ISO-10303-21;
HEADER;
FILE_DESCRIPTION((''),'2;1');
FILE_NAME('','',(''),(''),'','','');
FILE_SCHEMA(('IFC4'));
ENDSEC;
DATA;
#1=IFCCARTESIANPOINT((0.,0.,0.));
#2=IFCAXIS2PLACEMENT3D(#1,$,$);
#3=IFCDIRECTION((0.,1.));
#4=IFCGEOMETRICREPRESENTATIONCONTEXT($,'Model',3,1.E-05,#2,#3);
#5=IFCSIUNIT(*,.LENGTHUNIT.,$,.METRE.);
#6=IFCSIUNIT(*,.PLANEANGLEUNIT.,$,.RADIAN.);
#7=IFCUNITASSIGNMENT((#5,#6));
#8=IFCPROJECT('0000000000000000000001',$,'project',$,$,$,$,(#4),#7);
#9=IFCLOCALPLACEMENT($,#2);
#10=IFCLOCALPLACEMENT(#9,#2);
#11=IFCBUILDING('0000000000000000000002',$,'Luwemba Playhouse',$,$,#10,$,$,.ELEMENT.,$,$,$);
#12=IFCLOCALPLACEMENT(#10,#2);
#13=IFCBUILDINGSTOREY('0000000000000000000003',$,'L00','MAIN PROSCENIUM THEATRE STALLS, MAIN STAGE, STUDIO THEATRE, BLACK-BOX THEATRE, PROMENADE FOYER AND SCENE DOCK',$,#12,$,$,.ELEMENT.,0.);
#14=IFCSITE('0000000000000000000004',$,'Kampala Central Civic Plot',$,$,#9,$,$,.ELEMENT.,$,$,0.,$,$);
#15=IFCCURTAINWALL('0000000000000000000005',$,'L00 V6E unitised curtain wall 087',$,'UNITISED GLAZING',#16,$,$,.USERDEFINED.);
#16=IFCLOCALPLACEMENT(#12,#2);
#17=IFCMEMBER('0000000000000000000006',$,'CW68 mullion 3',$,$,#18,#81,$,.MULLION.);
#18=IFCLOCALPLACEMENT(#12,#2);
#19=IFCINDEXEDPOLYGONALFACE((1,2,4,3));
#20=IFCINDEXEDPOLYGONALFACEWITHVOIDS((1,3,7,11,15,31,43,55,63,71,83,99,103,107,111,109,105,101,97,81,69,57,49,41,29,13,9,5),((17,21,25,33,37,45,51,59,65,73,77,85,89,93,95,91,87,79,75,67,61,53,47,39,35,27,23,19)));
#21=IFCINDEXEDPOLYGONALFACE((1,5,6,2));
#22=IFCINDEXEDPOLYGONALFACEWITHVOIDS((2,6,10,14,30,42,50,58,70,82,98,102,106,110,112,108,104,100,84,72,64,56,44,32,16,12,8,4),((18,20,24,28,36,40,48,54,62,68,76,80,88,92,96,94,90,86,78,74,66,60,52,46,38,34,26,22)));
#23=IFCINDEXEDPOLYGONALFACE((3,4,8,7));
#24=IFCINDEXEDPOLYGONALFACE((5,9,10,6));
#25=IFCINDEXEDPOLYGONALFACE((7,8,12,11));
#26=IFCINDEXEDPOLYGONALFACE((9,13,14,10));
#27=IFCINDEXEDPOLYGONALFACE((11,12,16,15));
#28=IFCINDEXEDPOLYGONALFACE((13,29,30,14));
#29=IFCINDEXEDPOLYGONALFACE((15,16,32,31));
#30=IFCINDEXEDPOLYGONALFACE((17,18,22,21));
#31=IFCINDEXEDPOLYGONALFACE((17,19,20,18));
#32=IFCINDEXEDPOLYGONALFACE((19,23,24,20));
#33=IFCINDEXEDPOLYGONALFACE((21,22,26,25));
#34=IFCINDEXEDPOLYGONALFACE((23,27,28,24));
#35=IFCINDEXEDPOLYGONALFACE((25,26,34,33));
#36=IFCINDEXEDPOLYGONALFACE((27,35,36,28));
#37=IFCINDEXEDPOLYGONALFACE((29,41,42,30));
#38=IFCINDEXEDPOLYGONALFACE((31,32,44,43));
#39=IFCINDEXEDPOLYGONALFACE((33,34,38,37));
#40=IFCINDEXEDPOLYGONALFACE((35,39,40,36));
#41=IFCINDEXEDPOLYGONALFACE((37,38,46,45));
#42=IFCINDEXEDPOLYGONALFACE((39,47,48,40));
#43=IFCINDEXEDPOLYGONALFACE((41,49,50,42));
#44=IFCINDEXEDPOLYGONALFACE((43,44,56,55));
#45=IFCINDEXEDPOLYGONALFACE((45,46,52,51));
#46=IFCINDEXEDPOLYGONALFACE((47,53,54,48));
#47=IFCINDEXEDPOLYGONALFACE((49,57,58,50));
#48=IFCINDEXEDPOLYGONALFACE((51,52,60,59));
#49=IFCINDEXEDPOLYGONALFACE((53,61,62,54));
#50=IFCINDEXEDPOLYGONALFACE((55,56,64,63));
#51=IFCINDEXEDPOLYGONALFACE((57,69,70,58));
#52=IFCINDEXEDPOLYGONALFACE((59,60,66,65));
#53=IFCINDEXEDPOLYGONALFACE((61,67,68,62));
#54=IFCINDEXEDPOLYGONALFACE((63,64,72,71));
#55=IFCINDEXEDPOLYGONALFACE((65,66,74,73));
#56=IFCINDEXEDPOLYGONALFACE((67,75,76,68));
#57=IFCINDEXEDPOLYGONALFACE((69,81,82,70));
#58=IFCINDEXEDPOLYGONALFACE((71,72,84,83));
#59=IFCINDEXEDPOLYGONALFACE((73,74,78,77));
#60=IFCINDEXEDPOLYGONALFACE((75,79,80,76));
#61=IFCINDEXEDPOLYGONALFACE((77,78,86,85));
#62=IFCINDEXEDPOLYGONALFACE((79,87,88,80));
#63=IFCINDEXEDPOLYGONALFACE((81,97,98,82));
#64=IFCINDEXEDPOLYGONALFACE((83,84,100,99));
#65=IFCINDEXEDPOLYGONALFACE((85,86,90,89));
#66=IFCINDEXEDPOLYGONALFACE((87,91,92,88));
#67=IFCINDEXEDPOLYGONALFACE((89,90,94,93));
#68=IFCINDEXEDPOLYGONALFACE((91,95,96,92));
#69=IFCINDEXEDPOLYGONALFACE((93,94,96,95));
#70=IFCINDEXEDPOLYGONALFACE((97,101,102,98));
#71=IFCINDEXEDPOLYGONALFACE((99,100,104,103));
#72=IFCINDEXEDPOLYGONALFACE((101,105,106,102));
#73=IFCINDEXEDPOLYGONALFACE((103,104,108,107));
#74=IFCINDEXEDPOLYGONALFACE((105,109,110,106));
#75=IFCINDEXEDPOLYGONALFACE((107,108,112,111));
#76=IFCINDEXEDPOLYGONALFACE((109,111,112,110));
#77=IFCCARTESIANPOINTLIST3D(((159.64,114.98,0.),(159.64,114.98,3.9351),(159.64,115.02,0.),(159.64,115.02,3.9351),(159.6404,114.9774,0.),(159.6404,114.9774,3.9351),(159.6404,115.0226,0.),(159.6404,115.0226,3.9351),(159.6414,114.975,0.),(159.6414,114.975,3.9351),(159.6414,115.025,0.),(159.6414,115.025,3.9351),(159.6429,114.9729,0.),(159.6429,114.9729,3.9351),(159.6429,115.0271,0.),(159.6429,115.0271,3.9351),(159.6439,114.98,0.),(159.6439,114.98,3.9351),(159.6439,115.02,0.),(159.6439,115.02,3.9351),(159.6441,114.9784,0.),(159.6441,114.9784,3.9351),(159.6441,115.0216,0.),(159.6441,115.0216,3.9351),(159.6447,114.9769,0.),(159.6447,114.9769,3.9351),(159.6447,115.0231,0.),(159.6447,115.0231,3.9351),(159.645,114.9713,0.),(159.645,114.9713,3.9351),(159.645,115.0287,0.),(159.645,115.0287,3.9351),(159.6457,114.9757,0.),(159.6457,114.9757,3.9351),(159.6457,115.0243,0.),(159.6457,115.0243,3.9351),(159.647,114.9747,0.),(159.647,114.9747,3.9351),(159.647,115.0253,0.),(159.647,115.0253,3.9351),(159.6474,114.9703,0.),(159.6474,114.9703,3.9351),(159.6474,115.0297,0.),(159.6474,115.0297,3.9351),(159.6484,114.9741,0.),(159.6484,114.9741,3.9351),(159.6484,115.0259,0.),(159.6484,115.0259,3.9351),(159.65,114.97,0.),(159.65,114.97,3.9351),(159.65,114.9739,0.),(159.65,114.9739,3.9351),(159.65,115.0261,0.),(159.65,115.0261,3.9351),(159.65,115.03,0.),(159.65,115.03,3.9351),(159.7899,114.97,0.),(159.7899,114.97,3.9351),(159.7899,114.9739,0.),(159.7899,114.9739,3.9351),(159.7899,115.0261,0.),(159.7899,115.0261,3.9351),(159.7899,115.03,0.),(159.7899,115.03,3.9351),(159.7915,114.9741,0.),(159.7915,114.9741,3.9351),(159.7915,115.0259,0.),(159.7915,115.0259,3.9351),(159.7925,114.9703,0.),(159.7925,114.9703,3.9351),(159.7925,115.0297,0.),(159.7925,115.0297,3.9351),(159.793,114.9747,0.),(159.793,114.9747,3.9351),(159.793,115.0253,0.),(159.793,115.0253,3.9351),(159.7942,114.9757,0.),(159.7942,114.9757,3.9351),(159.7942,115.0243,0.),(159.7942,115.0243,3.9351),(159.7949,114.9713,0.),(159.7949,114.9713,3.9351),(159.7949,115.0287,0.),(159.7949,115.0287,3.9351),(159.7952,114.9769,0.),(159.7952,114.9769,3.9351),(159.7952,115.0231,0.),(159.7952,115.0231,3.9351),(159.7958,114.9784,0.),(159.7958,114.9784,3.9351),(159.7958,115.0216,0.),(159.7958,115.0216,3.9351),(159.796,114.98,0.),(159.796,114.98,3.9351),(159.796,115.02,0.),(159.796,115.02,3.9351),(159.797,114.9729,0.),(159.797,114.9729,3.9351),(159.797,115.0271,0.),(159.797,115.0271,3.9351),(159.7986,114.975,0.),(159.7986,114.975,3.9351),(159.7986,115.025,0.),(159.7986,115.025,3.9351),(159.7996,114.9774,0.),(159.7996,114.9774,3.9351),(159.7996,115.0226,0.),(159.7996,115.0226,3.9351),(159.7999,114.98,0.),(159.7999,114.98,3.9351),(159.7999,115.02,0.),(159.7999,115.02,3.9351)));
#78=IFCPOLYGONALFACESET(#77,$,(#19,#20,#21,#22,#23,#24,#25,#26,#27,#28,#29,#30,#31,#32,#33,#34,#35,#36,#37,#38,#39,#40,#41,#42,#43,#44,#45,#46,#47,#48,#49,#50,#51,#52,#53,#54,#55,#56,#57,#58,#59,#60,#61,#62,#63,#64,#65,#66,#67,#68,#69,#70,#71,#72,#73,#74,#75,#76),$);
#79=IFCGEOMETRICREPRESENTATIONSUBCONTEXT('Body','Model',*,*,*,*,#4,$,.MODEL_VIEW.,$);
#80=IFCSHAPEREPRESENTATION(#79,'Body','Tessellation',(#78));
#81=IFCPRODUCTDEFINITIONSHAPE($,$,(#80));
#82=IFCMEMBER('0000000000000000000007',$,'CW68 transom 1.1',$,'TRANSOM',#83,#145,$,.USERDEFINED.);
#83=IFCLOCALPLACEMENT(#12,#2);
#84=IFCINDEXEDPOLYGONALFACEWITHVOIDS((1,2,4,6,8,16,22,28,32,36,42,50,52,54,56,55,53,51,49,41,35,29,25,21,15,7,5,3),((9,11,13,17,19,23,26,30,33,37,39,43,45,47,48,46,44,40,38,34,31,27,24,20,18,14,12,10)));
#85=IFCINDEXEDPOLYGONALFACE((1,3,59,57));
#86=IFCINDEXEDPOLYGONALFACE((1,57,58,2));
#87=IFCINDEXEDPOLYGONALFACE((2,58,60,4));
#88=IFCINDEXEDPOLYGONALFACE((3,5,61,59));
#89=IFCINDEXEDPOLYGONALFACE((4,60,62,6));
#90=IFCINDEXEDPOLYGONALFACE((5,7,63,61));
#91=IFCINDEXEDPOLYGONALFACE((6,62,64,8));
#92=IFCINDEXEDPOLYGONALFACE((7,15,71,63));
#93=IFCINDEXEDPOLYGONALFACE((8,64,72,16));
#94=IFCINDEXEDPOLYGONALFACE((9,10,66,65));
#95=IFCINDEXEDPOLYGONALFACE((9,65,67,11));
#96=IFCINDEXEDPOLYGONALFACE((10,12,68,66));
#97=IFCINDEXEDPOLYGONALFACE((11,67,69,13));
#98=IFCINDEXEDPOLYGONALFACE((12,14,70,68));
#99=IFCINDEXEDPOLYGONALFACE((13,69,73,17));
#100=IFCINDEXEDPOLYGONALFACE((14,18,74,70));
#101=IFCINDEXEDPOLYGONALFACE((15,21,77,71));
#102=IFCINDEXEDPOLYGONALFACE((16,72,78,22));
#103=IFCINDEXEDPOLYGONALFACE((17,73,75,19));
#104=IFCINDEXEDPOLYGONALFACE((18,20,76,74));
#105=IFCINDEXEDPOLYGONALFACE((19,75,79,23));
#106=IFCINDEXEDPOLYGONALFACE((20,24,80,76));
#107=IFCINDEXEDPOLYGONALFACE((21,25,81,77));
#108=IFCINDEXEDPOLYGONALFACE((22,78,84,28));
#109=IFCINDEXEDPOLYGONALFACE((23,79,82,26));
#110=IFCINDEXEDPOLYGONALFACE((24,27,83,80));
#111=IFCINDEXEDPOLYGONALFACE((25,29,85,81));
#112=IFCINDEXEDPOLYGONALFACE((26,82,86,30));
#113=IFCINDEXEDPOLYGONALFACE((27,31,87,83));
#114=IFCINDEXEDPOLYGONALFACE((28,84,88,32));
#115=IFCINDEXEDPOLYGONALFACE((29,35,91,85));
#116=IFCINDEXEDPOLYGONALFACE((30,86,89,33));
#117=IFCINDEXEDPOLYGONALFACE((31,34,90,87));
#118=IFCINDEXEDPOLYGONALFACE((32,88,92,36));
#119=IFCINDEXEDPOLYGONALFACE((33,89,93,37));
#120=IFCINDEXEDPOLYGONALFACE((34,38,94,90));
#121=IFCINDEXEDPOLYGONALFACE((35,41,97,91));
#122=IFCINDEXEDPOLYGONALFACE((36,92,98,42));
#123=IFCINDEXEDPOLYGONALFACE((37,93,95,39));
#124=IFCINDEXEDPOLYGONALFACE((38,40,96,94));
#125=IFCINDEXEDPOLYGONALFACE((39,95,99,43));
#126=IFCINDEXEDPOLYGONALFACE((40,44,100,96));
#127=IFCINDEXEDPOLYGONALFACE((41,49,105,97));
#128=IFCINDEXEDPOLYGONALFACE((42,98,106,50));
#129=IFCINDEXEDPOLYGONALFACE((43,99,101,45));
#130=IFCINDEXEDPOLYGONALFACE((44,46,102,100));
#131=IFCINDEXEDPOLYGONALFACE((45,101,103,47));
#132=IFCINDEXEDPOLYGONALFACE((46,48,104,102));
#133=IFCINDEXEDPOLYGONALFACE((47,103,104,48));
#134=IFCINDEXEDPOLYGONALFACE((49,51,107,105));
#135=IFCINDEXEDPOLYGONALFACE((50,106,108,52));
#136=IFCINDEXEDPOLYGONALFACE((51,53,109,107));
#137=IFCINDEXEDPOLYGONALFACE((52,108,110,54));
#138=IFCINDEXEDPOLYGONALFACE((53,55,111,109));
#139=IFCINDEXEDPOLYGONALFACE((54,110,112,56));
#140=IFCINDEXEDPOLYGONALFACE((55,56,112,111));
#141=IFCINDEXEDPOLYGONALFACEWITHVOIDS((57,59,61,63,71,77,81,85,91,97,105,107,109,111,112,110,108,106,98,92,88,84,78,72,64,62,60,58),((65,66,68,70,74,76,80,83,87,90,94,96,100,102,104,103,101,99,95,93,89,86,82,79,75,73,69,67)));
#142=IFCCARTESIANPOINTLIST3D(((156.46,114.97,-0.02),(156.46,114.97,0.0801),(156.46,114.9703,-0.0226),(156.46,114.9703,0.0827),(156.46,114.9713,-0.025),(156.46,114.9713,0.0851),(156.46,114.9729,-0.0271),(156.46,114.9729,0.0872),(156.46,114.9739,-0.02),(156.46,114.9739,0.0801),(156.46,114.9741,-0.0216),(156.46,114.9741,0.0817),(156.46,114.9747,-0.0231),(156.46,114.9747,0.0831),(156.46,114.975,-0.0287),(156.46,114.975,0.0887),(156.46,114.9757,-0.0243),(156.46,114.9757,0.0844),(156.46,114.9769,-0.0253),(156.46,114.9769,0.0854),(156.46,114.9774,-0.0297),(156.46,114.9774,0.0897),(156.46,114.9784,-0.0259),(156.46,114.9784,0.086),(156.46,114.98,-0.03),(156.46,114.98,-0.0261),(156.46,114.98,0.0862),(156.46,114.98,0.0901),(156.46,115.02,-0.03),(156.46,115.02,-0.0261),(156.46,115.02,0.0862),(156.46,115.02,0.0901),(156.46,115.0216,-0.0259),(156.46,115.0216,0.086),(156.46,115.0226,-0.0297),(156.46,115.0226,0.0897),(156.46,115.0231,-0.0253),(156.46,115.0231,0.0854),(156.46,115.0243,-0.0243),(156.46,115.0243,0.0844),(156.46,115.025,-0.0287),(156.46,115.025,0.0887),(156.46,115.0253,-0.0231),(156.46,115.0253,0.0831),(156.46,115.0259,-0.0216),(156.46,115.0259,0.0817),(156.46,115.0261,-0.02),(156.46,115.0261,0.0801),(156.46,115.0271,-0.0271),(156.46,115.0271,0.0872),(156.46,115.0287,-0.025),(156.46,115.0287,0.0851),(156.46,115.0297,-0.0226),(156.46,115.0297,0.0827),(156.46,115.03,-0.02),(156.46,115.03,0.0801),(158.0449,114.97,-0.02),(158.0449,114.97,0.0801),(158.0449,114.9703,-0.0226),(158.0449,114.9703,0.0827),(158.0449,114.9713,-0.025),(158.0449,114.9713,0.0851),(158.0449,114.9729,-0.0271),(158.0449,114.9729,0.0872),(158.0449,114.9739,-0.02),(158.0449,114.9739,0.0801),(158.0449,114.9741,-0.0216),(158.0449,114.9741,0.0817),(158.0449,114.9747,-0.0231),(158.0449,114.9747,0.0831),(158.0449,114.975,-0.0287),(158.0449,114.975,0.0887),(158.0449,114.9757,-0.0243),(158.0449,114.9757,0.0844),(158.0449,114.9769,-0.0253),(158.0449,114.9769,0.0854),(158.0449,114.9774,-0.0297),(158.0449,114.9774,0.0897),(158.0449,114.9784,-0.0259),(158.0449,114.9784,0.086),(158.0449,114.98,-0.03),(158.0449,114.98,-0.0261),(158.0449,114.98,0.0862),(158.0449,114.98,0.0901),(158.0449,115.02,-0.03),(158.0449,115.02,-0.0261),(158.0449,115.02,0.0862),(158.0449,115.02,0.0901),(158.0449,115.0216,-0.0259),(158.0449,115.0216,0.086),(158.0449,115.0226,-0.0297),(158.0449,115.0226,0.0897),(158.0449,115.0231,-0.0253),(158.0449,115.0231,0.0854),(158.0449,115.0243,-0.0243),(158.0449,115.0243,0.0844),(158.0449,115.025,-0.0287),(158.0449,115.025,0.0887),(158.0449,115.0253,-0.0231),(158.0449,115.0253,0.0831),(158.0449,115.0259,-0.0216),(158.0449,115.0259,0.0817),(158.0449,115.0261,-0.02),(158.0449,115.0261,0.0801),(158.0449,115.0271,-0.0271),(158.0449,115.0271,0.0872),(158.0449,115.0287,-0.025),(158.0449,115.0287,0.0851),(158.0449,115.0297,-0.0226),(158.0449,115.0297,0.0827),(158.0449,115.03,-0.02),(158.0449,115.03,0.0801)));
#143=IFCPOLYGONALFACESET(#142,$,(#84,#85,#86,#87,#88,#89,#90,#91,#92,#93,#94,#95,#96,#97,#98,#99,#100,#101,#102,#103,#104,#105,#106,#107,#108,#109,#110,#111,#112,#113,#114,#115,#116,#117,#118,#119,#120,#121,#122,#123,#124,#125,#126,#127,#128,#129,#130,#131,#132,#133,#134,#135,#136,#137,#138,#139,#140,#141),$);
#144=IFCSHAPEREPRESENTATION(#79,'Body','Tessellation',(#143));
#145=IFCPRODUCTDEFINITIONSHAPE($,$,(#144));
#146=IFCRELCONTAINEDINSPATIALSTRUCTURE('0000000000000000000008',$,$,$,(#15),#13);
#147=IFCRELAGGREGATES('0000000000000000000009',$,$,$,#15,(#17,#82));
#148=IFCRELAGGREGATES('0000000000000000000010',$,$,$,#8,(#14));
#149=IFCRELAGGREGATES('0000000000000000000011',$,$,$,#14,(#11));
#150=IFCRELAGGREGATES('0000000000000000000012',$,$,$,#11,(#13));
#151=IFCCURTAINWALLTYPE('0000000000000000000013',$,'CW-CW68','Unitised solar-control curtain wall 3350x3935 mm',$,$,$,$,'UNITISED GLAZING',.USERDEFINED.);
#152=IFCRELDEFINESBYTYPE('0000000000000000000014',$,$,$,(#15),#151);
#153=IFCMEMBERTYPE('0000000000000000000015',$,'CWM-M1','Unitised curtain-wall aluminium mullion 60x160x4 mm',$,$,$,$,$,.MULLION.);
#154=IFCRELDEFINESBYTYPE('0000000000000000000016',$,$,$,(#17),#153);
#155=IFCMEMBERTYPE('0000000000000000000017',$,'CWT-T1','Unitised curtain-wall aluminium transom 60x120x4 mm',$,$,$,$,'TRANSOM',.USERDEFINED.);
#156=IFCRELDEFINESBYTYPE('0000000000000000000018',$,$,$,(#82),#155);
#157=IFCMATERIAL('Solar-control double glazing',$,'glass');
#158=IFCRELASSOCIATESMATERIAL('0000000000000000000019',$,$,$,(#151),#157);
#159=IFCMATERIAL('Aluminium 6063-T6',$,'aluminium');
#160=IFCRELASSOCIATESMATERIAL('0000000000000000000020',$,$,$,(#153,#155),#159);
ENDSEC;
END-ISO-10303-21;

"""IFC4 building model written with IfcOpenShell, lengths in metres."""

from ifc_helpers import new_model, si_unit, direction, frame, origin, origin_2d, place, context, subcontext, project, spatial, hollow_rectangle, extrude, material, material_profile, profile_set, type_object, element, aggregate, save


model = new_model("IFC4")

# Units and contexts
model_context = context("Model", 3, precision=1e-05, world=origin(), true_north=direction((0.0, 1.0)))
body_context = subcontext(model_context, "Body", "Model", "MODEL_VIEW")
ifc_project = project(units=[si_unit("LENGTHUNIT", "METRE"), si_unit("PLANEANGLEUNIT", "RADIAN")], contexts=[model_context])

# Site, building, storey
site_placement = place(None, origin())
site = spatial("IfcSite", under=ifc_project, at=site_placement, Name="Kampala Central Civic Plot", CompositionType="ELEMENT", RefElevation=0.0)
building_placement = place(site_placement, origin())
building = spatial("IfcBuilding", under=site, at=building_placement, Name="Luwemba Playhouse", CompositionType="ELEMENT")
storey_placement = place(building_placement, origin())
storey = spatial("IfcBuildingStorey", under=building, at=storey_placement, Name="L00", Description="MAIN PROSCENIUM THEATRE STALLS, MAIN STAGE, STUDIO THEATRE, BLACK-BOX THEATRE, PROMENADE FOYER AND SCENE DOCK", CompositionType="ELEMENT", Elevation=0.0)

# Curtain wall, members
ifc_material_1 = material(Name="Solar-control double glazing", Category="glass")
curtain_wall_type = type_object("IfcCurtainWallType", Name="CW-CW68", Description="Unitised solar-control curtain wall 3350x3935 mm", ElementType="UNITISED GLAZING", PredefinedType="USERDEFINED", material=ifc_material_1)
curtain_wall_placement = place(storey_placement, origin())
curtain_wall = element("IfcCurtainWall", 1, at=curtain_wall_placement, inside=storey, type_object=curtain_wall_type, Name="L00 V6E unitised curtain wall 087", ObjectType="UNITISED GLAZING", PredefinedType="USERDEFINED")
ifc_material_2 = material(Name="Aluminium 6063-T6", Category="aluminium")
ifc_material_profile_1 = material_profile(ifc_material_2, hollow_rectangle(XDim=0.0601, YDim=0.1599, WallThickness=0.0039, InnerFilletRadius=0.0061, OuterFilletRadius=0.01, at=origin_2d()))
ifc_profile_set_1 = profile_set([ifc_material_profile_1], Name="Aluminium 6063-T6")
member_type_1 = type_object("IfcMemberType", Name="CWM-M1", Description="Unitised curtain-wall aluminium mullion 60x160x4 mm", PredefinedType="MULLION", material=ifc_profile_set_1)
member_1_placement = place(storey_placement, frame((159.72, 115.0, 0.0), z_axis=(0.0, 0.0, 1.0), x_axis=(0.0, 1.0, 0.0)))
member_1 = element("IfcMember", 2, at=member_1_placement, type_object=member_type_1, Name="CW68 mullion 3", PredefinedType="MULLION", context=body_context, shape_type="SweptSolid", body=[
    extrude(hollow_rectangle(XDim=0.0601, YDim=0.1599, WallThickness=0.0039, InnerFilletRadius=0.0061, OuterFilletRadius=0.01, at=origin_2d()), origin(), (0.0, 0.0, 1.0), 3.9351),
])
ifc_material_profile_2 = material_profile(ifc_material_2, hollow_rectangle(XDim=0.0601, YDim=0.1201, WallThickness=0.0039, InnerFilletRadius=0.0061, OuterFilletRadius=0.01, at=origin_2d()))
ifc_profile_set_2 = profile_set([ifc_material_profile_2], Name="Aluminium 6063-T6")
member_type_2 = type_object("IfcMemberType", Name="CWT-T1", Description="Unitised curtain-wall aluminium transom 60x120x4 mm", ElementType="TRANSOM", PredefinedType="USERDEFINED", material=ifc_profile_set_2)
member_2_placement = place(storey_placement, frame((156.46, 115.0, 0.03), z_axis=(1.0, 0.0, 0.0), x_axis=(0.0, 1.0, 0.0)))
member_2 = element("IfcMember", 3, at=member_2_placement, type_object=member_type_2, Name="CW68 transom 1.1", ObjectType="TRANSOM", PredefinedType="USERDEFINED", context=body_context, shape_type="SweptSolid", body=[
    extrude(hollow_rectangle(XDim=0.0601, YDim=0.1201, WallThickness=0.0039, InnerFilletRadius=0.0061, OuterFilletRadius=0.01, at=origin_2d()), origin(), (0.0, 0.0, 1.0), 1.585),
])
aggregate(curtain_wall, [member_1, member_2])

save(model, "model.ifc")
